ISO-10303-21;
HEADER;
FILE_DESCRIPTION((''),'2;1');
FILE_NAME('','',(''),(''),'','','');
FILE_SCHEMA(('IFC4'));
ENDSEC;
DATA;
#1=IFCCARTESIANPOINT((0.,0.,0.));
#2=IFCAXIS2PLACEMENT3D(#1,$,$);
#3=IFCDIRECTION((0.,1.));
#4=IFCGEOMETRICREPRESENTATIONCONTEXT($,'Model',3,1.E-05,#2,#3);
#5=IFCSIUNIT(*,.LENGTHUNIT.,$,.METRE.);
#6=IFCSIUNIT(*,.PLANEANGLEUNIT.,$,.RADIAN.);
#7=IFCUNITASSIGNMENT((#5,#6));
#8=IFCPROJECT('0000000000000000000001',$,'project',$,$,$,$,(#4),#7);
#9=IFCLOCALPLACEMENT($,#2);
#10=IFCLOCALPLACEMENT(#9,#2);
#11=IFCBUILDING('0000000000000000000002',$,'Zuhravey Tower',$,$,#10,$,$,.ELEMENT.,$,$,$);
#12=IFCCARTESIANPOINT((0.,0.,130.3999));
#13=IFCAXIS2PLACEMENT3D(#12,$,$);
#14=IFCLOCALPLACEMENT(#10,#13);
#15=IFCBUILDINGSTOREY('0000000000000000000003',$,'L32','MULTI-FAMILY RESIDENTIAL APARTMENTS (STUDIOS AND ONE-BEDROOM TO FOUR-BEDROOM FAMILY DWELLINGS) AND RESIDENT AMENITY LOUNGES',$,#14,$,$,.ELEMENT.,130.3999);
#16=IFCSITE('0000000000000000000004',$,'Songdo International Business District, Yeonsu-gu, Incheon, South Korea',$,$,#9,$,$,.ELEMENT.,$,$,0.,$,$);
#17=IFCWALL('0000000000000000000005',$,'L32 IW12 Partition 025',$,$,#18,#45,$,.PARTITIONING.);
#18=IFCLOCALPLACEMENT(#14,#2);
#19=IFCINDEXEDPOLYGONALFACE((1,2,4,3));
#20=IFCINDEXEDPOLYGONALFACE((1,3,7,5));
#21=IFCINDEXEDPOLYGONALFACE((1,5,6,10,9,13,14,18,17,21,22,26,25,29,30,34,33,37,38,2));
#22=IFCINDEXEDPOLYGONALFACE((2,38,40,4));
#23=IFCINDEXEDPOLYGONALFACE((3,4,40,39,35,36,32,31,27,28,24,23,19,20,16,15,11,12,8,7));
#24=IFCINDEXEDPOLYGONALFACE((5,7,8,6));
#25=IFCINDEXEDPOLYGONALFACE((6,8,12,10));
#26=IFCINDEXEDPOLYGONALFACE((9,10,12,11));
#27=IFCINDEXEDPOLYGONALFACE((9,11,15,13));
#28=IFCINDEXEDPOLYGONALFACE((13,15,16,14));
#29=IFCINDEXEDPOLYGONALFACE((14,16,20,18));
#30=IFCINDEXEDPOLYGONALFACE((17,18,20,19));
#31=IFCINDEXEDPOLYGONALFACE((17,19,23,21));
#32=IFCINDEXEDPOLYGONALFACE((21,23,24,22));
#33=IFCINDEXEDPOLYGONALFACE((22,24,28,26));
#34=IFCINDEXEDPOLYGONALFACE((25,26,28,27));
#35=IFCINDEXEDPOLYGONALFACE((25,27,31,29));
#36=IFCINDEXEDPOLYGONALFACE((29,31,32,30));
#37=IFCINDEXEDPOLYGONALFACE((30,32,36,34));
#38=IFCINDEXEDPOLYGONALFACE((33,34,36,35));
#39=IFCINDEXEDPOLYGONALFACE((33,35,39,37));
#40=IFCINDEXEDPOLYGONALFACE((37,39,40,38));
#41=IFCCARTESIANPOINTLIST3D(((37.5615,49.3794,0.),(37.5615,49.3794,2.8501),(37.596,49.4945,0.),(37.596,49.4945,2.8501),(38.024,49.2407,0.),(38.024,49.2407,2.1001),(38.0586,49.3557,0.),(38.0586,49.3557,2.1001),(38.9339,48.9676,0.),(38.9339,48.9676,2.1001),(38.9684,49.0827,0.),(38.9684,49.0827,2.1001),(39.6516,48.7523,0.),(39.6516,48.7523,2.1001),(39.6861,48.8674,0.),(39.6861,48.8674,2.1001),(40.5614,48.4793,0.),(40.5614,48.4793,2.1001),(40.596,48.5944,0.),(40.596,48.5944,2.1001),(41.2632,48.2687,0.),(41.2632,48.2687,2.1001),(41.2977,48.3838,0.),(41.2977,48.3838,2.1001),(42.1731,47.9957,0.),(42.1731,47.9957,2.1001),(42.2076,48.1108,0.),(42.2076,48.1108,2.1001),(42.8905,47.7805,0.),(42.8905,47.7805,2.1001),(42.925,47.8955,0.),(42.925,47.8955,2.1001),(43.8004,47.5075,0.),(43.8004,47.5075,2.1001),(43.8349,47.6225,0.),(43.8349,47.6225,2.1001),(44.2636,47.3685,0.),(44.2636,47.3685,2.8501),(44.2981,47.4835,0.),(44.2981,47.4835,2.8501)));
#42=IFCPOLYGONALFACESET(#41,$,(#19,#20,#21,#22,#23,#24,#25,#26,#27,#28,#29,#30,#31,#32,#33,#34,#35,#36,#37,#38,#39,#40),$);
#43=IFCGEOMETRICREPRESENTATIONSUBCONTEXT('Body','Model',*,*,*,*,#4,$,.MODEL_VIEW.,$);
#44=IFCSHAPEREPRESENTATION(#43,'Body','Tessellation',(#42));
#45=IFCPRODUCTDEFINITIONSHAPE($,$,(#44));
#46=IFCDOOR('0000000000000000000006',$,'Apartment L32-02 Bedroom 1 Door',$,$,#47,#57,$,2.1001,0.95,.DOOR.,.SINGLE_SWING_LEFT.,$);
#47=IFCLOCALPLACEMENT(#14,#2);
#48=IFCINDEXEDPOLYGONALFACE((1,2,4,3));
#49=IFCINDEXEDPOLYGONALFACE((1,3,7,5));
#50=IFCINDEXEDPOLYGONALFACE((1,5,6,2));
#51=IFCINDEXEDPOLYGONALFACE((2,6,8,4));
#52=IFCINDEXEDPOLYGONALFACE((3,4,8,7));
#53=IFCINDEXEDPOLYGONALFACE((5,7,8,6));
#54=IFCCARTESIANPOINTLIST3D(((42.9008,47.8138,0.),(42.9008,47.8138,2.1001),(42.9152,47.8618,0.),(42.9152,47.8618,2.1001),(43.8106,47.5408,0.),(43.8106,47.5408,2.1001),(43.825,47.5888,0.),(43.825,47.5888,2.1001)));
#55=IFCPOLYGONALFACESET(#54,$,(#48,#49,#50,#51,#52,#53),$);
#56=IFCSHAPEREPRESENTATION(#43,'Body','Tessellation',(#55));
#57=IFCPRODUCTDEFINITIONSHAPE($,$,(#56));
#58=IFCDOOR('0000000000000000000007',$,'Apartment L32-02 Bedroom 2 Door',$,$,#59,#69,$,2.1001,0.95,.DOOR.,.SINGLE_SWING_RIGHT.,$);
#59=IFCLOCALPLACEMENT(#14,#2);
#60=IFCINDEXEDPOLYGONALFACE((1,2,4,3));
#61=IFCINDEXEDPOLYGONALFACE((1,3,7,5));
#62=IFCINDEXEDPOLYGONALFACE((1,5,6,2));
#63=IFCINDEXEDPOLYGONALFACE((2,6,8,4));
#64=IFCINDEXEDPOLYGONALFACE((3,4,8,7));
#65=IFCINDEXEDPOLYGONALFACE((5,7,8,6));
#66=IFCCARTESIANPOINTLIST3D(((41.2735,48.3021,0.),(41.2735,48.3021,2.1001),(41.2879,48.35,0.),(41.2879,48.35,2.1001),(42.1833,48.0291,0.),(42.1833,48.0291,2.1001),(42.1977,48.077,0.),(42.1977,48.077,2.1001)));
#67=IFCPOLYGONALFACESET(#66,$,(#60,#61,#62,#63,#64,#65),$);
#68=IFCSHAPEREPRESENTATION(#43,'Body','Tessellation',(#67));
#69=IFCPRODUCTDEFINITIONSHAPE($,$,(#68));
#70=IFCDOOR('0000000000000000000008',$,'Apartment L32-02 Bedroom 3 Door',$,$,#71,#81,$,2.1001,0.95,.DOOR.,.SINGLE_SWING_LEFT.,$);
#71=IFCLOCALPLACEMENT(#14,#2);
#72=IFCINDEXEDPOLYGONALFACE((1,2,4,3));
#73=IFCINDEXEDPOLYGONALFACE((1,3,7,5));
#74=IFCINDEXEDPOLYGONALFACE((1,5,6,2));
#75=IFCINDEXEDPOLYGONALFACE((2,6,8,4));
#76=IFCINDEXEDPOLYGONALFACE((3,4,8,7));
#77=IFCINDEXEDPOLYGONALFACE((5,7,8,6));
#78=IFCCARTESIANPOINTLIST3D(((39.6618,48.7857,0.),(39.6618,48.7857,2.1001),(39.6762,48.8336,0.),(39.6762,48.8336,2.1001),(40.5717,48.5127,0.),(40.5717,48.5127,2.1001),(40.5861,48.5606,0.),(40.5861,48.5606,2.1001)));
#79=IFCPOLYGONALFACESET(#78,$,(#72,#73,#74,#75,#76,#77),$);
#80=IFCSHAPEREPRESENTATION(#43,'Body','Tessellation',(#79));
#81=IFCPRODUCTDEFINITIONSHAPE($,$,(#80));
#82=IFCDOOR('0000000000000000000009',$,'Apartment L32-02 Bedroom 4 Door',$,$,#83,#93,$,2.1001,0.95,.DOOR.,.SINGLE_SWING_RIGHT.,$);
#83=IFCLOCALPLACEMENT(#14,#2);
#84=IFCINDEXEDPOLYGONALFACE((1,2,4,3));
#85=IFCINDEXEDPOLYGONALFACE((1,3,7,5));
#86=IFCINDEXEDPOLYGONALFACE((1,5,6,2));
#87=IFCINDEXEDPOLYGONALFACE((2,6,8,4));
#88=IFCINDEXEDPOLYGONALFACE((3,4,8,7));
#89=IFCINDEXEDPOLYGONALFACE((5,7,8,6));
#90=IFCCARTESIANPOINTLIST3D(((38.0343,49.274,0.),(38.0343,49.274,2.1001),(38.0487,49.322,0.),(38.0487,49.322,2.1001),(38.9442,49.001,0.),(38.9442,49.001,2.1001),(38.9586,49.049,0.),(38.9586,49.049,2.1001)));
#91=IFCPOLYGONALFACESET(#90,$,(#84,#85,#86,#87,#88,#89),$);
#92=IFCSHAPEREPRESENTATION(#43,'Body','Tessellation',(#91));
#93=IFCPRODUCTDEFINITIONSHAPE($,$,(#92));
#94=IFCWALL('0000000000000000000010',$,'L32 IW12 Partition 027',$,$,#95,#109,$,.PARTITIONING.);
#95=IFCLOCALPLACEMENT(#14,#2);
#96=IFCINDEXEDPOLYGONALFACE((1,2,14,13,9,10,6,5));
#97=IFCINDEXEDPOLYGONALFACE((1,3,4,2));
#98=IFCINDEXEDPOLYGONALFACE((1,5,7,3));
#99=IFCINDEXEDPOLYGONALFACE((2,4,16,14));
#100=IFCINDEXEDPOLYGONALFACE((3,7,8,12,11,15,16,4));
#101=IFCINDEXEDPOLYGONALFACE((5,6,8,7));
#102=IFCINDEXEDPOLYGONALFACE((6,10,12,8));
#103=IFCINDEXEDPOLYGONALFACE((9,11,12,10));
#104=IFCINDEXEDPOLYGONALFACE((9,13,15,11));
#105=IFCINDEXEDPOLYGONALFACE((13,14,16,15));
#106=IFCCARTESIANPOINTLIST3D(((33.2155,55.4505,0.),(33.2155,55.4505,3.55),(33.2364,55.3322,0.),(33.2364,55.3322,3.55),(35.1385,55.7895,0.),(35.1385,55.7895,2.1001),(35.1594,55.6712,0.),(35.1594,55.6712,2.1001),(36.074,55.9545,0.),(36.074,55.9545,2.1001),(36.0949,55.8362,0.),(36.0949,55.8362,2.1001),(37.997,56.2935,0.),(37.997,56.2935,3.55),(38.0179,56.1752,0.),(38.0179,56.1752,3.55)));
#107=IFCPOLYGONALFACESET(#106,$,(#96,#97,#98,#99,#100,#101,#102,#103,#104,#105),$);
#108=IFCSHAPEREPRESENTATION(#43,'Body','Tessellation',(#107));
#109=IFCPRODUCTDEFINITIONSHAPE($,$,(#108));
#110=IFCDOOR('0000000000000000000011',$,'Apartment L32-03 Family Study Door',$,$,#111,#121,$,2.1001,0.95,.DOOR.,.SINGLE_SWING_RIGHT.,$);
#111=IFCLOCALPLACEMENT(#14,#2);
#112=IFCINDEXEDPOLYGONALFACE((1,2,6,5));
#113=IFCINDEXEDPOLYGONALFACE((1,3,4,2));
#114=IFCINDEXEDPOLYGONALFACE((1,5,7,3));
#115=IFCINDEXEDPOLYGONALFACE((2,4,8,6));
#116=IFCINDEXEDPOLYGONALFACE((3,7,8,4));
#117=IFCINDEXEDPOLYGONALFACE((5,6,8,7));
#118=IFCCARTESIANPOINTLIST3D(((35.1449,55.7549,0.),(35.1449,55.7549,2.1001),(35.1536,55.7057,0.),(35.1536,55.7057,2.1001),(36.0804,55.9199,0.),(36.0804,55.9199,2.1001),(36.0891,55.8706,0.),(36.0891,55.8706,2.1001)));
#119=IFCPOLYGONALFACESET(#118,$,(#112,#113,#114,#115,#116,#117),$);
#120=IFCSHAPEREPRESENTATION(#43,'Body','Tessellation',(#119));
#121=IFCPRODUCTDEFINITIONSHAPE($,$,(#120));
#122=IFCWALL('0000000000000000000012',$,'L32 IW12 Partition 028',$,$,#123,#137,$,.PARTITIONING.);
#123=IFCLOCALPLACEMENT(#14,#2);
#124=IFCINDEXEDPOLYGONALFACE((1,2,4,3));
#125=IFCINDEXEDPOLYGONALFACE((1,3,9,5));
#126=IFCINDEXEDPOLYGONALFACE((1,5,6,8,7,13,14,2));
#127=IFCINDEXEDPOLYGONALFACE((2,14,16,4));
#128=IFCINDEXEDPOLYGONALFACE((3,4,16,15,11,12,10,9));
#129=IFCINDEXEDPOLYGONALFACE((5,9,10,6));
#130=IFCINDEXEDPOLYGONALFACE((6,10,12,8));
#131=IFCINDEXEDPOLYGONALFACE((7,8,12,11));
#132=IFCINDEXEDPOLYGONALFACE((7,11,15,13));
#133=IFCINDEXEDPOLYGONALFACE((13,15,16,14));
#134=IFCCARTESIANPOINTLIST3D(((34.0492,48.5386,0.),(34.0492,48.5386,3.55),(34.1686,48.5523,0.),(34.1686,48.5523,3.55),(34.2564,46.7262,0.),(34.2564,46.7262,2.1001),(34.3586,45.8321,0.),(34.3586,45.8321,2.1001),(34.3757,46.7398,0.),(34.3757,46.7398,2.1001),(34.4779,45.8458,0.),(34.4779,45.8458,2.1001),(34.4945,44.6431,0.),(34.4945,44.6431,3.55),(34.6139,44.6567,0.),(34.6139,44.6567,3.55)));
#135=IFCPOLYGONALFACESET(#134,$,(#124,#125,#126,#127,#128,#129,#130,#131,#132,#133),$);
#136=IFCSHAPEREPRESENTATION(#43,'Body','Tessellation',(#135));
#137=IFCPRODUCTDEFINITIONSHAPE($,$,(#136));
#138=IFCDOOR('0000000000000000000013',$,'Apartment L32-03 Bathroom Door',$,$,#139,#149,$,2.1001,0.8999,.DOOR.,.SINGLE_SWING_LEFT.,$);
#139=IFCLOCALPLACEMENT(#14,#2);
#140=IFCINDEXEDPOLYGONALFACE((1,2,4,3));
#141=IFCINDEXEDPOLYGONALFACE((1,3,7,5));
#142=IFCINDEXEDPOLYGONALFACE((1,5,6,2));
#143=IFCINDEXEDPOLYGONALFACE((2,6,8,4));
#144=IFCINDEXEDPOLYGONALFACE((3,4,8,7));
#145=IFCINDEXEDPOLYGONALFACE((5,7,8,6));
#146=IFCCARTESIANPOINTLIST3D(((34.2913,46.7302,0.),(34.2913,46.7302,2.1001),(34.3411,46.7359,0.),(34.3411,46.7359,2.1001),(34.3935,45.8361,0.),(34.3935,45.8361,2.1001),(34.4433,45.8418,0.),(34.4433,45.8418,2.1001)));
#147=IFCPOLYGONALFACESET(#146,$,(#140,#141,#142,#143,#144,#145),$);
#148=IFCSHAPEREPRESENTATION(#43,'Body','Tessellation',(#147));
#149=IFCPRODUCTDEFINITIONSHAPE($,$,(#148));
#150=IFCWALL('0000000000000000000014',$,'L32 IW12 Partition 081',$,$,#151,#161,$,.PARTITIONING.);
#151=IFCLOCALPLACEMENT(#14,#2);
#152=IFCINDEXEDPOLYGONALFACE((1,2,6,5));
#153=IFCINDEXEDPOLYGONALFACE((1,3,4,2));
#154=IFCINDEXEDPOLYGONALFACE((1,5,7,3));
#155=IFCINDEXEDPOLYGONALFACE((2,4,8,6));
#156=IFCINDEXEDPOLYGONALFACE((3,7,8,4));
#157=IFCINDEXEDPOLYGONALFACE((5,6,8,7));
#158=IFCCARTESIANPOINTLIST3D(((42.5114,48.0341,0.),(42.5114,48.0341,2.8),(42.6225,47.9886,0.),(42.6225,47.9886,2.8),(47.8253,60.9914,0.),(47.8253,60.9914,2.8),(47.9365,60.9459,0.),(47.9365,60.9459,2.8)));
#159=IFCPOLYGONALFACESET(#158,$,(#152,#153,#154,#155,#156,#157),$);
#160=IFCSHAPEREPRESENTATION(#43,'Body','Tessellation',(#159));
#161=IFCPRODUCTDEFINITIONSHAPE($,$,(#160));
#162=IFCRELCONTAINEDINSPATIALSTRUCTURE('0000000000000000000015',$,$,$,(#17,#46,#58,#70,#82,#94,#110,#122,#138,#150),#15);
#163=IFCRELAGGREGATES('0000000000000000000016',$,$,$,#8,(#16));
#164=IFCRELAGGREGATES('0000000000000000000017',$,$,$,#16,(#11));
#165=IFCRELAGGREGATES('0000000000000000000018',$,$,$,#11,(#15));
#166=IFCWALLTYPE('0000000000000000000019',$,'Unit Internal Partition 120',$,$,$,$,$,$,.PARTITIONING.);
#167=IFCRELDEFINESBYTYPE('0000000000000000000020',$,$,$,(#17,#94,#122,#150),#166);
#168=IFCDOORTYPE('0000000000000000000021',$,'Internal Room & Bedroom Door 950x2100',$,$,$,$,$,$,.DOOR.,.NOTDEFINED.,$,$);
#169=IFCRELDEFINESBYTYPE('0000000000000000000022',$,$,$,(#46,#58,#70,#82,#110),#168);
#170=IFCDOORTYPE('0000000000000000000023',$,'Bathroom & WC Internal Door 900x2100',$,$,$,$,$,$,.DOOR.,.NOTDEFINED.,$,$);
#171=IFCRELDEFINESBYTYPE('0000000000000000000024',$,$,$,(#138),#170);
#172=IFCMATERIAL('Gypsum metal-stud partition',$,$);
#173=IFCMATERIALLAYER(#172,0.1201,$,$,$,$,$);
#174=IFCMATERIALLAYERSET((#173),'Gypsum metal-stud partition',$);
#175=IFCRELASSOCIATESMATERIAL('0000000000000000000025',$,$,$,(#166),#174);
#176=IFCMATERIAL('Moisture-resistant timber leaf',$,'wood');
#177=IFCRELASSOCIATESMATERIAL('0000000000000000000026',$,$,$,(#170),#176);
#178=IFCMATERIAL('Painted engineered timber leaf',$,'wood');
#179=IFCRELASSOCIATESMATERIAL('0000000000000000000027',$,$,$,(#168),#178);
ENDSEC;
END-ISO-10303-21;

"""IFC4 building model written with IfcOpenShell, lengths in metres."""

from ifc_helpers import new_model, si_unit, direction, frame, frame_2d, origin, place, context, subcontext, project, spatial, rectangle, extrude, material, layer, layer_set, type_object, element, fill, save


model = new_model("IFC4")

# Units and contexts
model_context = context("Model", 3, precision=1e-05, world=origin(), true_north=direction((0.0, 1.0)))
body_context = subcontext(model_context, "Body", "Model", "MODEL_VIEW")
ifc_project = project(units=[si_unit("LENGTHUNIT", "METRE"), si_unit("PLANEANGLEUNIT", "RADIAN")], contexts=[model_context])

# Site, building, storey
site_placement = place(None, origin())
site = spatial("IfcSite", under=ifc_project, at=site_placement, Name="Songdo International Business District, Yeonsu-gu, Incheon, South Korea", CompositionType="ELEMENT", RefElevation=0.0)
building_placement = place(site_placement, origin())
building = spatial("IfcBuilding", under=site, at=building_placement, Name="Zuhravey Tower", CompositionType="ELEMENT")
storey_placement = place(building_placement, frame((0.0, 0.0, 130.3999)))
storey = spatial("IfcBuildingStorey", under=building, at=storey_placement, Name="L32", Description="MULTI-FAMILY RESIDENTIAL APARTMENTS (STUDIOS AND ONE-BEDROOM TO FOUR-BEDROOM FAMILY DWELLINGS) AND RESIDENT AMENITY LOUNGES", CompositionType="ELEMENT", Elevation=130.3999)

# Wall, openings, doors
ifc_material_1 = material(Name="Gypsum metal-stud partition")
ifc_layer_1 = layer(ifc_material_1, 0.1201)
ifc_layer_set_1 = layer_set([ifc_layer_1], Name="Gypsum metal-stud partition")
wall_type_1 = type_object("IfcWallType", Name="Unit Internal Partition 120", PredefinedType="PARTITIONING", material=ifc_layer_set_1)
ifc_material_2 = material(Name="Moisture-resistant timber leaf", Category="wood")
door_type_1 = type_object("IfcDoorType", Name="Bathroom & WC Internal Door 900x2100", OperationType="NOTDEFINED", PredefinedType="DOOR", material=ifc_material_2)
ifc_material_3 = material(Name="Painted engineered timber leaf", Category="wood")
door_type_2 = type_object("IfcDoorType", Name="Internal Room & Bedroom Door 950x2100", OperationType="NOTDEFINED", PredefinedType="DOOR", material=ifc_material_3)
wall_1_placement = place(storey_placement, frame((44.2808, 47.426, 0.0), z_axis=(0.0, 0.0, 1.0), x_axis=(-0.957813, 0.287393, 0.0)))
wall_1 = element("IfcWall", 1, at=wall_1_placement, inside=storey, type_object=wall_type_1, Name="L32 IW12 Partition 025", PredefinedType="PARTITIONING", context=body_context, shape_type="SweptSolid", body=[
    extrude(rectangle(XDim=6.9973, YDim=0.1201, at=frame_2d((3.4985, 0.0))), origin(), (0.0, 0.0, 1.0), 2.8501),
])
opening_1_placement = place(wall_1_placement, frame((0.4834, 0.0, 0.0)))
opening_1 = element("IfcOpeningElement", 2, at=opening_1_placement, cuts=wall_1, PredefinedType="OPENING", context=body_context, shape_type="SweptSolid", body=[
    extrude(rectangle(XDim=0.95, YDim=2.1001, at=frame_2d((0.4751, 1.05))), frame((0.0, 0.072, 0.0), z_axis=(0.0, -1.0, 0.0), x_axis=(1.0, 0.0, 0.0)), (0.0, 0.0, 1.0), 0.144),
])
opening_2_placement = place(wall_1_placement, frame((2.1824, 0.0, 0.0)))
opening_2 = element("IfcOpeningElement", 3, at=opening_2_placement, cuts=wall_1, PredefinedType="OPENING", context=body_context, shape_type="SweptSolid", body=[
    extrude(rectangle(XDim=0.95, YDim=2.1001, at=frame_2d((0.4751, 1.05))), frame((0.0, 0.072, 0.0), z_axis=(0.0, -1.0, 0.0), x_axis=(1.0, 0.0, 0.0)), (0.0, 0.0, 1.0), 0.144),
])
opening_3_placement = place(wall_1_placement, frame((3.865, 0.0, 0.0)))
opening_3 = element("IfcOpeningElement", 4, at=opening_3_placement, cuts=wall_1, PredefinedType="OPENING", context=body_context, shape_type="SweptSolid", body=[
    extrude(rectangle(XDim=0.95, YDim=2.1001, at=frame_2d((0.4751, 1.05))), frame((0.0, 0.072, 0.0), z_axis=(0.0, -1.0, 0.0), x_axis=(1.0, 0.0, 0.0)), (0.0, 0.0, 1.0), 0.144),
])
opening_4_placement = place(wall_1_placement, frame((5.5642, 0.0, 0.0)))
opening_4 = element("IfcOpeningElement", 5, at=opening_4_placement, cuts=wall_1, PredefinedType="OPENING", context=body_context, shape_type="SweptSolid", body=[
    extrude(rectangle(XDim=0.95, YDim=2.1001, at=frame_2d((0.4751, 1.05))), frame((0.0, 0.072, 0.0), z_axis=(0.0, -1.0, 0.0), x_axis=(1.0, 0.0, 0.0)), (0.0, 0.0, 1.0), 0.144),
])
door_1_placement = place(opening_1_placement, frame((0.95, 0.0, 0.0), z_axis=(0.0, 0.0, 1.0), x_axis=(-1.0, 0.0, 0.0)))
door_1 = element("IfcDoor", 6, at=door_1_placement, inside=storey, type_object=door_type_2, Name="Apartment L32-02 Bedroom 1 Door", OperationType="SINGLE_SWING_LEFT", OverallHeight=2.1001, OverallWidth=0.95, PredefinedType="DOOR", context=body_context, shape_type="SweptSolid", body=[
    extrude(rectangle(XDim=0.95, YDim=2.1001, at=frame_2d((0.4751, 1.05))), frame((0.0, 0.0249, 0.0), z_axis=(0.0, -1.0, 0.0), x_axis=(1.0, 0.0, 0.0)), (0.0, 0.0, 1.0), 0.05),
])
fill(opening_1, door_1)
door_2_placement = place(opening_2_placement, frame((0.95, 0.0, 0.0), z_axis=(0.0, 0.0, 1.0), x_axis=(-1.0, 0.0, 0.0)))
door_2 = element("IfcDoor", 7, at=door_2_placement, inside=storey, type_object=door_type_2, Name="Apartment L32-02 Bedroom 2 Door", OperationType="SINGLE_SWING_RIGHT", OverallHeight=2.1001, OverallWidth=0.95, PredefinedType="DOOR", context=body_context, shape_type="SweptSolid", body=[
    extrude(rectangle(XDim=0.95, YDim=2.1001, at=frame_2d((0.4751, 1.05))), frame((0.0, 0.0249, 0.0), z_axis=(0.0, -1.0, 0.0), x_axis=(1.0, 0.0, 0.0)), (0.0, 0.0, 1.0), 0.05),
])
fill(opening_2, door_2)
door_3_placement = place(opening_3_placement, frame((0.95, 0.0, 0.0), z_axis=(0.0, 0.0, 1.0), x_axis=(-1.0, 0.0, 0.0)))
door_3 = element("IfcDoor", 8, at=door_3_placement, inside=storey, type_object=door_type_2, Name="Apartment L32-02 Bedroom 3 Door", OperationType="SINGLE_SWING_LEFT", OverallHeight=2.1001, OverallWidth=0.95, PredefinedType="DOOR", context=body_context, shape_type="SweptSolid", body=[
    extrude(rectangle(XDim=0.95, YDim=2.1001, at=frame_2d((0.4751, 1.05))), frame((0.0, 0.0249, 0.0), z_axis=(0.0, -1.0, 0.0), x_axis=(1.0, 0.0, 0.0)), (0.0, 0.0, 1.0), 0.05),
])
fill(opening_3, door_3)
door_4_placement = place(opening_4_placement, frame((0.95, 0.0, 0.0), z_axis=(0.0, 0.0, 1.0), x_axis=(-1.0, 0.0, 0.0)))
door_4 = element("IfcDoor", 9, at=door_4_placement, inside=storey, type_object=door_type_2, Name="Apartment L32-02 Bedroom 4 Door", OperationType="SINGLE_SWING_RIGHT", OverallHeight=2.1001, OverallWidth=0.95, PredefinedType="DOOR", context=body_context, shape_type="SweptSolid", body=[
    extrude(rectangle(XDim=0.95, YDim=2.1001, at=frame_2d((0.4751, 1.05))), frame((0.0, 0.0249, 0.0), z_axis=(0.0, -1.0, 0.0), x_axis=(1.0, 0.0, 0.0)), (0.0, 0.0, 1.0), 0.05),
])
fill(opening_4, door_4)

# Walls, openings, doors
wall_2_placement = place(storey_placement, frame((38.0076, 56.2344, 0.0), z_axis=(0.0, 0.0, 1.0), x_axis=(-0.984811, -0.17363, 0.0)))
wall_2 = element("IfcWall", 10, at=wall_2_placement, inside=storey, type_object=wall_type_1, Name="L32 IW12 Partition 027", PredefinedType="PARTITIONING", context=body_context, shape_type="SweptSolid", body=[
    extrude(rectangle(XDim=4.8552, YDim=0.1201, at=frame_2d((2.4277, 0.0))), origin(), (0.0, 0.0, 1.0), 3.55),
])
opening_5_placement = place(wall_2_placement, frame((1.9526, 0.0, 0.0)))
opening_5 = element("IfcOpeningElement", 11, at=opening_5_placement, cuts=wall_2, PredefinedType="OPENING", context=body_context, shape_type="SweptSolid", body=[
    extrude(rectangle(XDim=0.95, YDim=2.1001, at=frame_2d((0.4751, 1.05))), frame((0.0, 0.072, 0.0), z_axis=(0.0, -1.0, 0.0), x_axis=(1.0, 0.0, 0.0)), (0.0, 0.0, 1.0), 0.144),
])
door_5_placement = place(opening_5_placement, frame((0.95, 0.0, 0.0), z_axis=(0.0, 0.0, 1.0), x_axis=(-1.0, 0.0, 0.0)))
door_5 = element("IfcDoor", 12, at=door_5_placement, inside=storey, type_object=door_type_2, Name="Apartment L32-03 Family Study Door", OperationType="SINGLE_SWING_RIGHT", OverallHeight=2.1001, OverallWidth=0.95, PredefinedType="DOOR", context=body_context, shape_type="SweptSolid", body=[
    extrude(rectangle(XDim=0.95, YDim=2.1001, at=frame_2d((0.4751, 1.05))), frame((0.0, 0.0249, 0.0), z_axis=(0.0, -1.0, 0.0), x_axis=(1.0, 0.0, 0.0)), (0.0, 0.0, 1.0), 0.05),
])
fill(opening_5, door_5)
wall_3_placement = place(storey_placement, frame((34.5542, 44.6499, 0.0), z_axis=(0.0, 0.0, 1.0), x_axis=(-0.113575, 0.993529, 0.0)))
wall_3 = element("IfcWall", 13, at=wall_3_placement, inside=storey, type_object=wall_type_1, Name="L32 IW12 Partition 028", PredefinedType="PARTITIONING", context=body_context, shape_type="SweptSolid", body=[
    extrude(rectangle(XDim=3.9209, YDim=0.1201, at=frame_2d((1.9604, 0.0))), origin(), (0.0, 0.0, 1.0), 3.55),
])
opening_6_placement = place(wall_3_placement, frame((1.1968, 0.0, 0.0)))
opening_6 = element("IfcOpeningElement", 14, at=opening_6_placement, cuts=wall_3, PredefinedType="OPENING", context=body_context, shape_type="SweptSolid", body=[
    extrude(rectangle(XDim=0.8999, YDim=2.1001, at=frame_2d((0.45, 1.05))), frame((0.0, 0.072, 0.0), z_axis=(0.0, -1.0, 0.0), x_axis=(1.0, 0.0, 0.0)), (0.0, 0.0, 1.0), 0.144),
])
door_6_placement = place(opening_6_placement, origin())
door_6 = element("IfcDoor", 15, at=door_6_placement, inside=storey, type_object=door_type_1, Name="Apartment L32-03 Bathroom Door", OperationType="SINGLE_SWING_LEFT", OverallHeight=2.1001, OverallWidth=0.8999, PredefinedType="DOOR", context=body_context, shape_type="SweptSolid", body=[
    extrude(rectangle(XDim=0.8999, YDim=2.1001, at=frame_2d((0.45, 1.05))), frame((0.0, 0.0249, 0.0), z_axis=(0.0, -1.0, 0.0), x_axis=(1.0, 0.0, 0.0)), (0.0, 0.0, 1.0), 0.05),
])
fill(opening_6, door_6)

# Wall
wall_4_placement = place(storey_placement, frame((42.5669, 48.0112, 0.0), z_axis=(0.0, 0.0, 1.0), x_axis=(0.379444, 0.925215, 0.0)))
element("IfcWall", 16, at=wall_4_placement, inside=storey, type_object=wall_type_1, Name="L32 IW12 Partition 081", PredefinedType="PARTITIONING", context=body_context, shape_type="SweptSolid", body=[
    extrude(rectangle(XDim=14.0046, YDim=0.1201, at=frame_2d((7.0024, 0.0))), origin(), (0.0, 0.0, 1.0), 2.8),
])

save(model, "model.ifc")
